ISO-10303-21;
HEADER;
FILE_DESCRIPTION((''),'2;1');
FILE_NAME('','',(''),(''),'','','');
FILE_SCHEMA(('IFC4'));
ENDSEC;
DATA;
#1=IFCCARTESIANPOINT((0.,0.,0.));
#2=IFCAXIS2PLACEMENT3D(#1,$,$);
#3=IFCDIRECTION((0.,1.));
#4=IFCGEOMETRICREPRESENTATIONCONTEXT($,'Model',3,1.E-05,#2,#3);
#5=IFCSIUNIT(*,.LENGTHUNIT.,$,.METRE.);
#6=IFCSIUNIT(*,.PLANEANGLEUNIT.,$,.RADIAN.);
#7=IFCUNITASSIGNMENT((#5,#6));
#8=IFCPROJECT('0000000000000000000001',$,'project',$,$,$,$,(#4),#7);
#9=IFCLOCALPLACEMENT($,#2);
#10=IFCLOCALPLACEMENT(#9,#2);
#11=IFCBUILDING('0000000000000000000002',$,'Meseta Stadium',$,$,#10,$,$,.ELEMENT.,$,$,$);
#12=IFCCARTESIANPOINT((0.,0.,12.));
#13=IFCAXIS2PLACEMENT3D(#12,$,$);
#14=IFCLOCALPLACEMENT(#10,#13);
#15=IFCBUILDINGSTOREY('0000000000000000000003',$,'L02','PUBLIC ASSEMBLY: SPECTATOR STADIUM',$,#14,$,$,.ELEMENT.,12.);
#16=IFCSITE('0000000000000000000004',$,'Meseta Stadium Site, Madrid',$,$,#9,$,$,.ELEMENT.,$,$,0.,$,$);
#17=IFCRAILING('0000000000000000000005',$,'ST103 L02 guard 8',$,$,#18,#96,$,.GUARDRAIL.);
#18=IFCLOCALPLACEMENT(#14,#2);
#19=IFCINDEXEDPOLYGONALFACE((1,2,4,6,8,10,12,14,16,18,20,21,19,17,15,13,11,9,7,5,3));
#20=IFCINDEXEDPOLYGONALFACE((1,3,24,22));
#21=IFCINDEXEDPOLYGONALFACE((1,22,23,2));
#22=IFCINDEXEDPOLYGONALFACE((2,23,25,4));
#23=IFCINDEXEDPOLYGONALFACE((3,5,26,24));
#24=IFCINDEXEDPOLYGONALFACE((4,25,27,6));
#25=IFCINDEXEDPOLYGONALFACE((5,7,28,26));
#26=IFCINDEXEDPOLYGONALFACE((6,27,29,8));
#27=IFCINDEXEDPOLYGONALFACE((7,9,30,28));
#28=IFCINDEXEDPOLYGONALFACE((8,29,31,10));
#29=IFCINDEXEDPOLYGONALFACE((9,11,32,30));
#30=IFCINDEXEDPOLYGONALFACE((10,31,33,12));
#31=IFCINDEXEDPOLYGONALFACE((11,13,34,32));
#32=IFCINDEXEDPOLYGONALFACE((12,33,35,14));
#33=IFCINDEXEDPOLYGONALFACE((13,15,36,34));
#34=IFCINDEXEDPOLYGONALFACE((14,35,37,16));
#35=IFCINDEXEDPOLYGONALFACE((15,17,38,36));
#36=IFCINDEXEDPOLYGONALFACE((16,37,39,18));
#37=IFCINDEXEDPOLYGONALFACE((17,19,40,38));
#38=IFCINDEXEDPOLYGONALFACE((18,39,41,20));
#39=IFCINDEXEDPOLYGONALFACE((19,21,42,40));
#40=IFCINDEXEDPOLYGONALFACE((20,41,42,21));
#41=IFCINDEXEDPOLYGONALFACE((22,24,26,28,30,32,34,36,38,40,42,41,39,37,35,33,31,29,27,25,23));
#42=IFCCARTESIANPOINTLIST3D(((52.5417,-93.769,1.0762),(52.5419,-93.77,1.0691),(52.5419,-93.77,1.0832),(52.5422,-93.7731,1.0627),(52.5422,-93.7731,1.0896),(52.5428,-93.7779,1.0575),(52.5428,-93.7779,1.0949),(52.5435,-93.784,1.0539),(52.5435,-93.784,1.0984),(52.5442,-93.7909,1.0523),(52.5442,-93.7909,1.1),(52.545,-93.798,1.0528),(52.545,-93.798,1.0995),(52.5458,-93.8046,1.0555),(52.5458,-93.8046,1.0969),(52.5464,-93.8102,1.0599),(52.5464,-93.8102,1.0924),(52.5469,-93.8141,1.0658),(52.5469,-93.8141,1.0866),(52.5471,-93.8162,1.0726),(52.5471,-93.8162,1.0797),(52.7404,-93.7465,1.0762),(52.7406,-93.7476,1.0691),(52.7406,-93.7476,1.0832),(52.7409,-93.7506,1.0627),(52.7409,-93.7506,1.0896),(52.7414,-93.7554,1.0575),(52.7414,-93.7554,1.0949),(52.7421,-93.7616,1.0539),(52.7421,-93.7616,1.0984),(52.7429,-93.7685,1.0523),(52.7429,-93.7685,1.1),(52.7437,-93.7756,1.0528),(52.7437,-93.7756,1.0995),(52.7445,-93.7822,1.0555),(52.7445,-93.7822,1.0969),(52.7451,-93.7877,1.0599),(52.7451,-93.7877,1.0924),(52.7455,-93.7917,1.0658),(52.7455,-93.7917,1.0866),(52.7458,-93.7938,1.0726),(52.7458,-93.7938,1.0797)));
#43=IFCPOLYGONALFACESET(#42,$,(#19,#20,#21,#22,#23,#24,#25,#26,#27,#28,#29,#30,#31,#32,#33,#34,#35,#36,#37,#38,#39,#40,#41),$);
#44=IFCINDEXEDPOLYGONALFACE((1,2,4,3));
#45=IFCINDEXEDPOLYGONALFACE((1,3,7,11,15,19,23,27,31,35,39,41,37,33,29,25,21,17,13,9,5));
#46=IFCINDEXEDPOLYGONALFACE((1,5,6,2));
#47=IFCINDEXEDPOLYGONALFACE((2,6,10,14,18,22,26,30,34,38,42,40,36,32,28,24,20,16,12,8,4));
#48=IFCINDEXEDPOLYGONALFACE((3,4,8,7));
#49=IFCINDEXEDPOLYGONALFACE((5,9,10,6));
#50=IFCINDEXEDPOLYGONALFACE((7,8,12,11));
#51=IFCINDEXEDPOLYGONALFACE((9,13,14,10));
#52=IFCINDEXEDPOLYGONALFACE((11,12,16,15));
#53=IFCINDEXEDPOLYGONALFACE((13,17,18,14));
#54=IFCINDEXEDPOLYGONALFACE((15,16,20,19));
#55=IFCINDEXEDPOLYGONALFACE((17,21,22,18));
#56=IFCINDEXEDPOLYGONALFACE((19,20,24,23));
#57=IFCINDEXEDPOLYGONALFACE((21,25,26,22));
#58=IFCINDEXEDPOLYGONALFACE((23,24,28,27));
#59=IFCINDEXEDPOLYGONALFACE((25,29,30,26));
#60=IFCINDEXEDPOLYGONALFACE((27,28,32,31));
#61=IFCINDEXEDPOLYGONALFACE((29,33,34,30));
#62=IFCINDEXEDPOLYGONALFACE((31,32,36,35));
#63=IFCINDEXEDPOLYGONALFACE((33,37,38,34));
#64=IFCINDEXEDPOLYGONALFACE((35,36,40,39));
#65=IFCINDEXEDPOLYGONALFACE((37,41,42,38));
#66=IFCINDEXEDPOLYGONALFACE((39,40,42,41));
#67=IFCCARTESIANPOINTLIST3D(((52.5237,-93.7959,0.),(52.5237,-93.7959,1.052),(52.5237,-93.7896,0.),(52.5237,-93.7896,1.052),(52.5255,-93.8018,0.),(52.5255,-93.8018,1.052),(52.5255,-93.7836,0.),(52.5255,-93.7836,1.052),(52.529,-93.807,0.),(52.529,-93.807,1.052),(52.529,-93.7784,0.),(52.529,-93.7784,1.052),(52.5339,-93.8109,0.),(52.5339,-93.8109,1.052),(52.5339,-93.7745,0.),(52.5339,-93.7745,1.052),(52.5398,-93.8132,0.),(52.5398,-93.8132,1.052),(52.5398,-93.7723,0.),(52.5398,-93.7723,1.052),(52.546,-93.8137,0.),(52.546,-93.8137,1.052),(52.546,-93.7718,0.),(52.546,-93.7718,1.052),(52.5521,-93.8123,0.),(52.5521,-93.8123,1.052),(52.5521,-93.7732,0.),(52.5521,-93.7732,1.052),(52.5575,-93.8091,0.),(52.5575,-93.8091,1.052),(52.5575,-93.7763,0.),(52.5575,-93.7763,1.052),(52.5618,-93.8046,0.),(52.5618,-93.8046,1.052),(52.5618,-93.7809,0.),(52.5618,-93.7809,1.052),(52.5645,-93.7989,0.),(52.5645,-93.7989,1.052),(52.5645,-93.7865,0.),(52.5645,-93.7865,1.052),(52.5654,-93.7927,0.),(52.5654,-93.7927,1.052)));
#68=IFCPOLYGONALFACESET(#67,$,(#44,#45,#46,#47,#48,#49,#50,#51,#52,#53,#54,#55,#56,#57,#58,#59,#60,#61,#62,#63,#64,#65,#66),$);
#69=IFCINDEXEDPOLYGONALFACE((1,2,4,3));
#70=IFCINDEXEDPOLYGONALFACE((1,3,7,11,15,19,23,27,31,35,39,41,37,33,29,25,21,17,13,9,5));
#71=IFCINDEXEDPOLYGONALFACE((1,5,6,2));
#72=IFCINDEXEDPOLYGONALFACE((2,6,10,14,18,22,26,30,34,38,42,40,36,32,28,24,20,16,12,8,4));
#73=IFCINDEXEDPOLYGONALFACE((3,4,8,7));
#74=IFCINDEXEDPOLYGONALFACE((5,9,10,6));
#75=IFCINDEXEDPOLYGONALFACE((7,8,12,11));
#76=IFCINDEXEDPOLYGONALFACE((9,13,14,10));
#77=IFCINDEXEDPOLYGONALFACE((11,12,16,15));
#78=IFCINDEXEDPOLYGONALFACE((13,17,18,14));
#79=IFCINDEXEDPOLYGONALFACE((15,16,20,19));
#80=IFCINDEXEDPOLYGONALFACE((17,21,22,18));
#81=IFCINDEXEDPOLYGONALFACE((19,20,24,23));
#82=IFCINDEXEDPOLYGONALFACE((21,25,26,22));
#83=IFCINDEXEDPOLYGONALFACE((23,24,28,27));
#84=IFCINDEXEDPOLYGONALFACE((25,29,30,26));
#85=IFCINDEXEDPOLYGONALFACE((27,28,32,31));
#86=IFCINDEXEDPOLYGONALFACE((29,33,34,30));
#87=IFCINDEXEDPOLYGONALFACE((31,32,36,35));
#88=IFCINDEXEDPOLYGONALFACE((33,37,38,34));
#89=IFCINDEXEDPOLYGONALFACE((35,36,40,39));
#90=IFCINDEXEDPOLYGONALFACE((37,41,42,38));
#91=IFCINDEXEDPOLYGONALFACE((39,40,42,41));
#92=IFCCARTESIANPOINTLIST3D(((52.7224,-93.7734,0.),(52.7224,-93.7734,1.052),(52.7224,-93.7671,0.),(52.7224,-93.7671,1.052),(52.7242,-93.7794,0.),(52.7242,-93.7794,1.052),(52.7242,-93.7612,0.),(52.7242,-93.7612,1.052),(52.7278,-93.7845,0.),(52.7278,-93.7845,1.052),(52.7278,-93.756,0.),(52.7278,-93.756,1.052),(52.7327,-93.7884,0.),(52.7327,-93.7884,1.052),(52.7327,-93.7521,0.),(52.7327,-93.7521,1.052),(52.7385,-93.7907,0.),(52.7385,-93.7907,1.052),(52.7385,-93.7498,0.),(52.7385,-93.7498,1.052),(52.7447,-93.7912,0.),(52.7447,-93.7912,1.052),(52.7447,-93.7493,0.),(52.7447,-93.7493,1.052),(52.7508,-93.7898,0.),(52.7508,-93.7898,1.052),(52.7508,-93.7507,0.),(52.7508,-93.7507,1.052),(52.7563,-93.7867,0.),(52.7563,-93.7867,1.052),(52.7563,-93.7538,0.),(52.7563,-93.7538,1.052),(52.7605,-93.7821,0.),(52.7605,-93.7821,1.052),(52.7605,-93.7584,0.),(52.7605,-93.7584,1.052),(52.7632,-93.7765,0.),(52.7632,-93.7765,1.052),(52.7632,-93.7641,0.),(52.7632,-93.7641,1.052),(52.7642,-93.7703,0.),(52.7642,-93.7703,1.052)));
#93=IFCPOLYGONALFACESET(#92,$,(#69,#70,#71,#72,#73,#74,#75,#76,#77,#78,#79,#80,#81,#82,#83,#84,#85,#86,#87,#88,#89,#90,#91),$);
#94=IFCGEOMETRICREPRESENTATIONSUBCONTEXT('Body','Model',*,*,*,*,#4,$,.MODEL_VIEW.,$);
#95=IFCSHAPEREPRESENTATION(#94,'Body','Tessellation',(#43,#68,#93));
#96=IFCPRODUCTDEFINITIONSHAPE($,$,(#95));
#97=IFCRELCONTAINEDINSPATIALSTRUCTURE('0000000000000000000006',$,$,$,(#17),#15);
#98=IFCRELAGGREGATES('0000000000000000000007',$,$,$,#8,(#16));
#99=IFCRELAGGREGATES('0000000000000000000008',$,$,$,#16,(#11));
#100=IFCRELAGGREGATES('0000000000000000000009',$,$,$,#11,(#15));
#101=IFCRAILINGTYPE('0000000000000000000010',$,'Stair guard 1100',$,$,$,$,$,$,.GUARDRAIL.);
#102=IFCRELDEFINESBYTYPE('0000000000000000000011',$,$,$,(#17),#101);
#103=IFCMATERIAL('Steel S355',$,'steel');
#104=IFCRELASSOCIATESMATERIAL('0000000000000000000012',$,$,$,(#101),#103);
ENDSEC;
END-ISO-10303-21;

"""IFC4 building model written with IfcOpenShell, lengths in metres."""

from ifc_helpers import new_model, si_unit, direction, frame, origin, origin_2d, place, context, subcontext, project, spatial, circle, extrude, material, type_object, element, save


model = new_model("IFC4")

# Units and contexts
model_context = context("Model", 3, precision=1e-05, world=origin(), true_north=direction((0.0, 1.0)))
body_context = subcontext(model_context, "Body", "Model", "MODEL_VIEW")
ifc_project = project(units=[si_unit("LENGTHUNIT", "METRE"), si_unit("PLANEANGLEUNIT", "RADIAN")], contexts=[model_context])

# Site, building, storey
site_placement = place(None, origin())
site = spatial("IfcSite", under=ifc_project, at=site_placement, Name="Meseta Stadium Site, Madrid", CompositionType="ELEMENT", RefElevation=0.0)
building_placement = place(site_placement, origin())
building = spatial("IfcBuilding", under=site, at=building_placement, Name="Meseta Stadium", CompositionType="ELEMENT")
storey_placement = place(building_placement, frame((0.0, 0.0, 12.0)))
storey = spatial("IfcBuildingStorey", under=building, at=storey_placement, Name="L02", Description="PUBLIC ASSEMBLY: SPECTATOR STADIUM", CompositionType="ELEMENT", Elevation=12.0)

# Railing
ifc_material_1 = material(Name="Steel S355", Category="steel")
railing_type_1 = type_object("IfcRailingType", Name="Stair guard 1100", PredefinedType="GUARDRAIL", material=ifc_material_1)
railing_1_placement = place(storey_placement, frame((52.5444, -93.7927, 0.0)))
element("IfcRailing", 1, at=railing_1_placement, inside=storey, type_object=railing_type_1, Name="ST103 L02 guard 8", PredefinedType="GUARDRAIL", context=body_context, shape_type="SweptSolid", body=[
    extrude(circle(Radius=0.0239, at=origin_2d()), frame((0.0, 0.0, 1.0762), z_axis=(0.993674, 0.112307, 0.0), x_axis=(-0.112307, 0.993674, 0.0)), (0.0, 0.0, 1.0), 0.2),
    extrude(circle(Radius=0.021, at=origin_2d()), origin(), (0.0, 0.0, 1.0), 1.052),
    extrude(circle(Radius=0.021, at=origin_2d()), frame((0.1987, 0.0225, 0.0)), (0.0, 0.0, 1.0), 1.052),
])

save(model, "model.ifc")
